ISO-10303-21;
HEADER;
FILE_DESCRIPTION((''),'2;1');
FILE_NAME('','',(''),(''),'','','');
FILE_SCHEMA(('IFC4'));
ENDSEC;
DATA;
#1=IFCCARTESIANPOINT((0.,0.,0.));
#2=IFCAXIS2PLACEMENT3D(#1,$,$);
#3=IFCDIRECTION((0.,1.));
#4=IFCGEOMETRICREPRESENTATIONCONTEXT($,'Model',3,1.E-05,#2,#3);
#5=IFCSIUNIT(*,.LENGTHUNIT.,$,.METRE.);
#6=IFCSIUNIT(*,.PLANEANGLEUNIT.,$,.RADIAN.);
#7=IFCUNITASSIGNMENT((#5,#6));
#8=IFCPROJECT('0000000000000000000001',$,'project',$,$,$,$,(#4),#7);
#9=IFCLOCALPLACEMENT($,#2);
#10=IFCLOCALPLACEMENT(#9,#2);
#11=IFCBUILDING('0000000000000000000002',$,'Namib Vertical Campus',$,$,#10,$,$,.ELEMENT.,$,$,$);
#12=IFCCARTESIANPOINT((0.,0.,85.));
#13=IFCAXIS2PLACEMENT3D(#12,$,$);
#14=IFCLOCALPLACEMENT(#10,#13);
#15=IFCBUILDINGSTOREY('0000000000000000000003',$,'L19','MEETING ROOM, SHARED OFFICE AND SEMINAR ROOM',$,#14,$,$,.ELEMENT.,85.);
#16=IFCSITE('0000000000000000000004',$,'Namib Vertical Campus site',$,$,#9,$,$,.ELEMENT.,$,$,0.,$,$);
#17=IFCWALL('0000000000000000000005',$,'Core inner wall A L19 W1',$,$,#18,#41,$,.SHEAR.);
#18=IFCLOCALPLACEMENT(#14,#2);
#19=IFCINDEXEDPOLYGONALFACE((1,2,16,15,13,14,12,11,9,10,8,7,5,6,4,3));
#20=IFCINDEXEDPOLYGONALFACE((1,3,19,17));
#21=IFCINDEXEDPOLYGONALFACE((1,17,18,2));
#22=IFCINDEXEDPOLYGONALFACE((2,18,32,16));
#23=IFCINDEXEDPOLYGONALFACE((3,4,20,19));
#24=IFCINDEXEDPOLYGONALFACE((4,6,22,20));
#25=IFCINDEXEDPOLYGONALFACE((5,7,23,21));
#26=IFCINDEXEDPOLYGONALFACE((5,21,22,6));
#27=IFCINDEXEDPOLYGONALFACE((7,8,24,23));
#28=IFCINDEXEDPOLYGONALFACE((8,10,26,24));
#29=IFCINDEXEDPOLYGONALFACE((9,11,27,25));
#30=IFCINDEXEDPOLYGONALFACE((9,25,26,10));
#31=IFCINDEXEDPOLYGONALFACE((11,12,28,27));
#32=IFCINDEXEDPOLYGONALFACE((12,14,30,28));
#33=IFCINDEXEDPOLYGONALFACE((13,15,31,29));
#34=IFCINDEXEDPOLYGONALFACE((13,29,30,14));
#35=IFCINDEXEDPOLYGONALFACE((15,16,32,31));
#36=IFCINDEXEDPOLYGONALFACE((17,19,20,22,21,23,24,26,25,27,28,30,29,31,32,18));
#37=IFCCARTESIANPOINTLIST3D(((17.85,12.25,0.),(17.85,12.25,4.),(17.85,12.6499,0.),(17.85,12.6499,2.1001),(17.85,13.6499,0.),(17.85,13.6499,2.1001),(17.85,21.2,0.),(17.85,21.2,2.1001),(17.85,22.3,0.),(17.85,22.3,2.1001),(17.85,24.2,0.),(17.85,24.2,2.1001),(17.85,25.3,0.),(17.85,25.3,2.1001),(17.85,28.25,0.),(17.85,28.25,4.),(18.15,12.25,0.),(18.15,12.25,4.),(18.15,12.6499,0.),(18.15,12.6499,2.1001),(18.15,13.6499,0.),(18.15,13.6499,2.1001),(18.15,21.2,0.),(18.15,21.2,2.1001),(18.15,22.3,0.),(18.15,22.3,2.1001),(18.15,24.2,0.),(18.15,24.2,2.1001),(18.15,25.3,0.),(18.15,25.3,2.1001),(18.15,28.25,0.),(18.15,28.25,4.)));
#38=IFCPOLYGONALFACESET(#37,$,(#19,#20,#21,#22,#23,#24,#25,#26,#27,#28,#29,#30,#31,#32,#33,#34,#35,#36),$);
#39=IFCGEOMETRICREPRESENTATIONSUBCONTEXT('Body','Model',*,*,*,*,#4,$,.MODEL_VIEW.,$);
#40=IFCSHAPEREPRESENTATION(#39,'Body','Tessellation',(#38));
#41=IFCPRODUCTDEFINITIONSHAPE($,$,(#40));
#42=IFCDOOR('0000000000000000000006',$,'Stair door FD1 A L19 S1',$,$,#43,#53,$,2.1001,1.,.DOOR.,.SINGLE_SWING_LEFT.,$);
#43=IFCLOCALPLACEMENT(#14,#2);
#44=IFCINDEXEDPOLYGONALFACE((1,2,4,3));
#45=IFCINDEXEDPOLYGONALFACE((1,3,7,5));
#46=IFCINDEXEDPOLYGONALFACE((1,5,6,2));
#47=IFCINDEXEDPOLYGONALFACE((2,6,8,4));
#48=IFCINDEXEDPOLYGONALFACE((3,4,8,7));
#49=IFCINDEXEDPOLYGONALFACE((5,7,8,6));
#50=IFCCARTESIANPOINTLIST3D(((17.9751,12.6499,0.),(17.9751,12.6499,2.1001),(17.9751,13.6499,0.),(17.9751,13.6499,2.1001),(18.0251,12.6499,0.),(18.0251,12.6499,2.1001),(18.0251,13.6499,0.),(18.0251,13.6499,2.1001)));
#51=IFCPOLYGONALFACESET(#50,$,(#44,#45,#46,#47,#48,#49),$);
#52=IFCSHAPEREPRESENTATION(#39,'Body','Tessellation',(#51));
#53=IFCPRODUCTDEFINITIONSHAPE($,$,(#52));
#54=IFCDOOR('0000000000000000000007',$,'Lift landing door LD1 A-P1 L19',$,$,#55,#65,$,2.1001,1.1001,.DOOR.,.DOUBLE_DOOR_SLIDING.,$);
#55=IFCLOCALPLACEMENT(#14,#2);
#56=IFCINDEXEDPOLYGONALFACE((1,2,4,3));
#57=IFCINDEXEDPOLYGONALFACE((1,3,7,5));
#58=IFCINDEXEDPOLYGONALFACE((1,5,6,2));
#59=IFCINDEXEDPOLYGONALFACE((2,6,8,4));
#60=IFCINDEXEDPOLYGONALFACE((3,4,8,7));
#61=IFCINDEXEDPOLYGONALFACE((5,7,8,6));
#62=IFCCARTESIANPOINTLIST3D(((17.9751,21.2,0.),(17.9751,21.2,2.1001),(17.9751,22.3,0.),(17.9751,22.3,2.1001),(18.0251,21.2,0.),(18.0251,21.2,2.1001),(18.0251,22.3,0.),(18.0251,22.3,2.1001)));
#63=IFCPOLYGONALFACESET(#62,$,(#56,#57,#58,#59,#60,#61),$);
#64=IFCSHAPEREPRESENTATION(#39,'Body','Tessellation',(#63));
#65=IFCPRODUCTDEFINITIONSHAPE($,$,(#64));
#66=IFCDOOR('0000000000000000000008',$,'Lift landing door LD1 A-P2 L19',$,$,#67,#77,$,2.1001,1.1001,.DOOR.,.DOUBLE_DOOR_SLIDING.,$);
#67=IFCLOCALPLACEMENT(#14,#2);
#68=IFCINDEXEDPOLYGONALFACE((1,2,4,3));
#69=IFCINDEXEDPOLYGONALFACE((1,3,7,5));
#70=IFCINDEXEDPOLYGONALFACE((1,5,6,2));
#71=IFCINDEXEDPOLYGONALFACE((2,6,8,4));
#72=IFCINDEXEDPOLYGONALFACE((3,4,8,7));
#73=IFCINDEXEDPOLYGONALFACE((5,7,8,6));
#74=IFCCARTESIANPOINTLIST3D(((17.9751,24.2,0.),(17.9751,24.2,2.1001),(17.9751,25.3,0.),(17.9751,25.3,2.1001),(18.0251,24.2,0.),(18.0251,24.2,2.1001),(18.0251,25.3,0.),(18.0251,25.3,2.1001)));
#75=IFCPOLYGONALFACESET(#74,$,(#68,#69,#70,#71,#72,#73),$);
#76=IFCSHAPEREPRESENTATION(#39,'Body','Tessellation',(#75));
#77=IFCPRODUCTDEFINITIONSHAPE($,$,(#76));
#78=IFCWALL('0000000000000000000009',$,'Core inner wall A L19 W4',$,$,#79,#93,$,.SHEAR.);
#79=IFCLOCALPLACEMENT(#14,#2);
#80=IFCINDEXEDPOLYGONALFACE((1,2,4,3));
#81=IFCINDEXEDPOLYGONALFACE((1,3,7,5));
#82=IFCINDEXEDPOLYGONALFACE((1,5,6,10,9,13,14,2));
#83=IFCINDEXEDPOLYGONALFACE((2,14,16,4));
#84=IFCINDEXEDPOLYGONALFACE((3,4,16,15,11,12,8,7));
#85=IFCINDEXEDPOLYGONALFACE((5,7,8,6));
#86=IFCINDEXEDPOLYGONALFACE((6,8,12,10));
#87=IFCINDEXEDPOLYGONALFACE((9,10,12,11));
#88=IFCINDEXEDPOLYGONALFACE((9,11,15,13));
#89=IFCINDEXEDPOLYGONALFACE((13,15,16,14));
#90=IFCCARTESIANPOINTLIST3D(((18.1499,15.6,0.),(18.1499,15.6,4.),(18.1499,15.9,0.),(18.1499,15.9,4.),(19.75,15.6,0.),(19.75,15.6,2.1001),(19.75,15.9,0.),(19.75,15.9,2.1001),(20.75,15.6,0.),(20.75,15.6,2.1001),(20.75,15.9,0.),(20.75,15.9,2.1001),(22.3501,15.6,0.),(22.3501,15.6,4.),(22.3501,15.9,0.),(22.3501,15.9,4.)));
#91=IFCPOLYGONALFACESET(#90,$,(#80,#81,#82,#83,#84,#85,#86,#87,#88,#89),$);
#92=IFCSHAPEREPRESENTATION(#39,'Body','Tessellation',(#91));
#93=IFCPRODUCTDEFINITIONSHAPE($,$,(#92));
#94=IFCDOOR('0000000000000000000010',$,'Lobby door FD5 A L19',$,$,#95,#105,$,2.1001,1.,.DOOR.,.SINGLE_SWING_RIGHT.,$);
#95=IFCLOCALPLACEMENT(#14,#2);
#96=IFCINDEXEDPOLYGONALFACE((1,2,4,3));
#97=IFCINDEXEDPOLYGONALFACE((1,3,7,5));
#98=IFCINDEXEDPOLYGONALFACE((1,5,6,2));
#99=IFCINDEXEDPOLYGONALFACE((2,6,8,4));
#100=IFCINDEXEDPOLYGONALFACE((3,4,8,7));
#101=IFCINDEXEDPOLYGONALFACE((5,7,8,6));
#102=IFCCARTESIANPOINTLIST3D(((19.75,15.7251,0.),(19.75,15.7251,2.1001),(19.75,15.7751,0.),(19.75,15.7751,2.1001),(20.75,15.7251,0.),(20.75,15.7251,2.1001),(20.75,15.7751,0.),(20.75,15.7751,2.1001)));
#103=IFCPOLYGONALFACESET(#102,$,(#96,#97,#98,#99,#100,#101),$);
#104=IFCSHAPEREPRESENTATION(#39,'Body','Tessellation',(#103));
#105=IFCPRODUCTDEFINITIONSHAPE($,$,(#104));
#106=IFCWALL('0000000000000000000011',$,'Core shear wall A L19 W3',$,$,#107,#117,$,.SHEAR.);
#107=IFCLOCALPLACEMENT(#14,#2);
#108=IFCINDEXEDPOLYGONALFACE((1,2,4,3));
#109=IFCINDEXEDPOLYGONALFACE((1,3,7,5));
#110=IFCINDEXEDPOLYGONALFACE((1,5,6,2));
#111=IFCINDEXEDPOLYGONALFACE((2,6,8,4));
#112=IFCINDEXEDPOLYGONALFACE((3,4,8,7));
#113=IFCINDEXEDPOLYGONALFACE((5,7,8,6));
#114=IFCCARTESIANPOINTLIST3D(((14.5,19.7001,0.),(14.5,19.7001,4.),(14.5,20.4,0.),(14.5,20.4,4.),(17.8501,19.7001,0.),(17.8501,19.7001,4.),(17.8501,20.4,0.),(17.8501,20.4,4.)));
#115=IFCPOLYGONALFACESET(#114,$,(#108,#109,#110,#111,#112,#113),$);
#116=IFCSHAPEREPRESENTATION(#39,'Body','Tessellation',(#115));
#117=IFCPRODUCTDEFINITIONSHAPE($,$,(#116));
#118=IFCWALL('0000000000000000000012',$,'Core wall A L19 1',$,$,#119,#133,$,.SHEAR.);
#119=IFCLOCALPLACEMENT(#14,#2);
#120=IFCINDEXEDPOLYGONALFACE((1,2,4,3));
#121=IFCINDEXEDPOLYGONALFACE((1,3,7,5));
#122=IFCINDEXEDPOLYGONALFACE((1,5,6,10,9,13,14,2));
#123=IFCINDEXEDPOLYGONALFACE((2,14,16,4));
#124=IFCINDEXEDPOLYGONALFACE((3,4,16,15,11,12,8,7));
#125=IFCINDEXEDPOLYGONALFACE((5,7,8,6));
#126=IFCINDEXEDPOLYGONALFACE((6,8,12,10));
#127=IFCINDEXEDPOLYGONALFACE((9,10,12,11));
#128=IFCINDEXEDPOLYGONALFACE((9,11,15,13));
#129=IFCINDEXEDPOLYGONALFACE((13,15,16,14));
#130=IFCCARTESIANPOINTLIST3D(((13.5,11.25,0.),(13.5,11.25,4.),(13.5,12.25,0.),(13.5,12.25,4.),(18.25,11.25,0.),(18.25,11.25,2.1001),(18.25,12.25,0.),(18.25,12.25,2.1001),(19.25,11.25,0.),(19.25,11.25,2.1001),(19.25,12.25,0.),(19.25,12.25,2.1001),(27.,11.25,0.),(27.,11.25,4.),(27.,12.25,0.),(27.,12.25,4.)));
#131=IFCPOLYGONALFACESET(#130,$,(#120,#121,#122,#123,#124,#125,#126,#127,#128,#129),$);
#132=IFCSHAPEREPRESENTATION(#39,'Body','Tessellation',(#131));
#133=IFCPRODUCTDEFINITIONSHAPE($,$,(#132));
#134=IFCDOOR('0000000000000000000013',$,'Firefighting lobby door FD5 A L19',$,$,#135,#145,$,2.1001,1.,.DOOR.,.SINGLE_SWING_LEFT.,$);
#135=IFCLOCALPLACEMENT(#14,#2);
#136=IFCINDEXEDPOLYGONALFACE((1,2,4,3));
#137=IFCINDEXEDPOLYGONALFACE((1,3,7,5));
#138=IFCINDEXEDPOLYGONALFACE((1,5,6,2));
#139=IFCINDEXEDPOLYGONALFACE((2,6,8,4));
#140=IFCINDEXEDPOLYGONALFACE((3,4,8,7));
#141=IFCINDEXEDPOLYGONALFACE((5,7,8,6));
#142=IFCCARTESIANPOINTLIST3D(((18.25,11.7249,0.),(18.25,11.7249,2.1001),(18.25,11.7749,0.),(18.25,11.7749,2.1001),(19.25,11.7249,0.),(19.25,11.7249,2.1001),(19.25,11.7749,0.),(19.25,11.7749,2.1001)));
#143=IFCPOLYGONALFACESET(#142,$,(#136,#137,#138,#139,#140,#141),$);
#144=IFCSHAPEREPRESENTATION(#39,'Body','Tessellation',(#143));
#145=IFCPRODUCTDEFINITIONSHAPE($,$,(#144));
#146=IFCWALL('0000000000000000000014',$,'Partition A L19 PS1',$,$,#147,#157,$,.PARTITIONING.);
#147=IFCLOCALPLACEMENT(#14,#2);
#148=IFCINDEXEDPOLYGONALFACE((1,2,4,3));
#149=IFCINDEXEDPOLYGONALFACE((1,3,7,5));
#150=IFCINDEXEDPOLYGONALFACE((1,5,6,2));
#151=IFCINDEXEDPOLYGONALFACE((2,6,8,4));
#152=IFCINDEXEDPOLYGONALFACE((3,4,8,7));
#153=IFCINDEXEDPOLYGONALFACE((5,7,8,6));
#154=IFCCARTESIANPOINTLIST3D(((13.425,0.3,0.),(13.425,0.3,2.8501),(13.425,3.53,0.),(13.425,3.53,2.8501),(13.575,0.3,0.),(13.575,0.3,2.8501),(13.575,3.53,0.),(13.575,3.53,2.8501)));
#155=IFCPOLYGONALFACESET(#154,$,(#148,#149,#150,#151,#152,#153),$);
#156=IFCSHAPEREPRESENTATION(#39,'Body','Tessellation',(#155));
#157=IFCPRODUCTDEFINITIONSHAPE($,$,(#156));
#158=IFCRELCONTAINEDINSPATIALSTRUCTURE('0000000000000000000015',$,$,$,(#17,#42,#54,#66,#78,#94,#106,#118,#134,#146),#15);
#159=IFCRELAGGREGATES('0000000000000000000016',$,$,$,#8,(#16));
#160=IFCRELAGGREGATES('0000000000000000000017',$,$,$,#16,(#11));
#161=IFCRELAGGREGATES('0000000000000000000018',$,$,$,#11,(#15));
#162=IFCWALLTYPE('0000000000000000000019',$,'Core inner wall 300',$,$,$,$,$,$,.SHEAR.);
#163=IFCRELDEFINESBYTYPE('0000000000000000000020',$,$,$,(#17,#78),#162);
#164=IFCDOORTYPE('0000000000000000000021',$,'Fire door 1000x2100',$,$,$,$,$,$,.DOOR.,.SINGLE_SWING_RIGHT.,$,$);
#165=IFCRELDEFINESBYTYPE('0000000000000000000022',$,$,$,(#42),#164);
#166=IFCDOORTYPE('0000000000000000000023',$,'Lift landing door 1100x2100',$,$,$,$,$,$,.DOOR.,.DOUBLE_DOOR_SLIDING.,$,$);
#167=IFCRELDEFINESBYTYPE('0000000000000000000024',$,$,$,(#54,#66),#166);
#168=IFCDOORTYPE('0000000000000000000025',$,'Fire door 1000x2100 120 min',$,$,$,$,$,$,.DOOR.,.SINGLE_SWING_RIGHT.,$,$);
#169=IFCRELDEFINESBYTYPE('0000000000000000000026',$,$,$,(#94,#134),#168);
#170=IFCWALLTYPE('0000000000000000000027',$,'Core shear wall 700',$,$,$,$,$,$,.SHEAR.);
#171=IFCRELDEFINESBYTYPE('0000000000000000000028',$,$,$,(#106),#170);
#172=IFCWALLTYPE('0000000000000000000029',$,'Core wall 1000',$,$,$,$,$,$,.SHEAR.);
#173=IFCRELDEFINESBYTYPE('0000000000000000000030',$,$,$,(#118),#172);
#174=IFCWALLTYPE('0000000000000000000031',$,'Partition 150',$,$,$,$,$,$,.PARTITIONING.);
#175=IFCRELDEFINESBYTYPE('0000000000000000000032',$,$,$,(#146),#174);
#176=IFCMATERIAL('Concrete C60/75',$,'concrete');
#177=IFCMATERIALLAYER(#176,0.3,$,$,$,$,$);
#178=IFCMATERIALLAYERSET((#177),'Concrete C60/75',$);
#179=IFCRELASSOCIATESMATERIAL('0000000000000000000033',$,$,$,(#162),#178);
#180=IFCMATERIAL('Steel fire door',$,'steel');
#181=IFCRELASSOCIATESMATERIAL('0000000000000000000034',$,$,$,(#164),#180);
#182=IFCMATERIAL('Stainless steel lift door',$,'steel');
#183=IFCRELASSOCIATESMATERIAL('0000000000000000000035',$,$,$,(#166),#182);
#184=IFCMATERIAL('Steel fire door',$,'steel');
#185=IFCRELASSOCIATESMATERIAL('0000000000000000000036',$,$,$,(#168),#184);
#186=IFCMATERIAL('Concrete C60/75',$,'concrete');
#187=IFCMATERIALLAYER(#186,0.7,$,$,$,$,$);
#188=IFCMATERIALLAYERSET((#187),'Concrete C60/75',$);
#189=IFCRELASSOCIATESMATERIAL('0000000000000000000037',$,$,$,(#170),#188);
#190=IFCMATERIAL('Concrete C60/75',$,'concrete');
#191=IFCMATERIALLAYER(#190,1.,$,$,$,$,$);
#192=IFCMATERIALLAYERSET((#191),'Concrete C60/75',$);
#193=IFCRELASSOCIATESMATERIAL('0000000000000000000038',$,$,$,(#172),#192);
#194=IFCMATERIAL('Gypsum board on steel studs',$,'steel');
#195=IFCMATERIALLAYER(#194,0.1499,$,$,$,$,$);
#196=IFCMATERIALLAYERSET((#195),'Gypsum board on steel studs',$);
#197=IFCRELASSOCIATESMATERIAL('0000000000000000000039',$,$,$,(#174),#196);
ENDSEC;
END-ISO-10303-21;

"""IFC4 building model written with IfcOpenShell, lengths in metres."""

from ifc_helpers import new_model, si_unit, direction, frame, frame_2d, origin, place, context, subcontext, project, spatial, rectangle, extrude, material, layer, layer_set, type_object, element, fill, save


model = new_model("IFC4")

# Units and contexts
model_context = context("Model", 3, precision=1e-05, world=origin(), true_north=direction((0.0, 1.0)))
body_context = subcontext(model_context, "Body", "Model", "MODEL_VIEW")
ifc_project = project(units=[si_unit("LENGTHUNIT", "METRE"), si_unit("PLANEANGLEUNIT", "RADIAN")], contexts=[model_context])

# Site, building, storey
site_placement = place(None, origin())
site = spatial("IfcSite", under=ifc_project, at=site_placement, Name="Namib Vertical Campus site", CompositionType="ELEMENT", RefElevation=0.0)
building_placement = place(site_placement, origin())
building = spatial("IfcBuilding", under=site, at=building_placement, Name="Namib Vertical Campus", CompositionType="ELEMENT")
storey_placement = place(building_placement, frame((0.0, 0.0, 85.0)))
storey = spatial("IfcBuildingStorey", under=building, at=storey_placement, Name="L19", Description="MEETING ROOM, SHARED OFFICE AND SEMINAR ROOM", CompositionType="ELEMENT", Elevation=85.0)

# Wall, openings, doors
ifc_material_1 = material(Name="Concrete C60/75", Category="concrete")
ifc_layer_1 = layer(ifc_material_1, 0.3)
ifc_layer_set_1 = layer_set([ifc_layer_1], Name="Concrete C60/75")
wall_type_1 = type_object("IfcWallType", Name="Core inner wall 300", PredefinedType="SHEAR", material=ifc_layer_set_1)
wall_1_placement = place(storey_placement, frame((18.0, 12.25, 0.0), z_axis=(0.0, 0.0, 1.0), x_axis=(0.0, 1.0, 0.0)))
wall_1 = element("IfcWall", 1, at=wall_1_placement, inside=storey, type_object=wall_type_1, Name="Core inner wall A L19 W1", PredefinedType="SHEAR", context=body_context, shape_type="SweptSolid", body=[
    extrude(rectangle(XDim=16.0, YDim=0.3, at=frame_2d((8.0, 0.0))), origin(), (0.0, 0.0, 1.0), 4.0),
])
opening_1_placement = place(wall_1_placement, frame((0.3999, 0.0, 0.0)))
opening_1 = element("IfcOpeningElement", 2, at=opening_1_placement, cuts=wall_1, PredefinedType="OPENING", context=body_context, shape_type="SweptSolid", body=[
    extrude(rectangle(XDim=1.0, YDim=2.1001, at=frame_2d((0.5, 1.05))), frame((0.0, 0.1599, 0.0), z_axis=(0.0, -1.0, 0.0), x_axis=(1.0, 0.0, 0.0)), (0.0, 0.0, 1.0), 0.3201),
])
opening_2_placement = place(wall_1_placement, frame((8.95, 0.0, 0.0)))
opening_2 = element("IfcOpeningElement", 3, at=opening_2_placement, cuts=wall_1, PredefinedType="OPENING", context=body_context, shape_type="SweptSolid", body=[
    extrude(rectangle(XDim=1.1001, YDim=2.1001, at=frame_2d((0.55, 1.05))), frame((0.0, 0.1599, 0.0), z_axis=(0.0, -1.0, 0.0), x_axis=(1.0, 0.0, 0.0)), (0.0, 0.0, 1.0), 0.3201),
])
opening_3_placement = place(wall_1_placement, frame((11.95, 0.0, 0.0)))
opening_3 = element("IfcOpeningElement", 4, at=opening_3_placement, cuts=wall_1, PredefinedType="OPENING", context=body_context, shape_type="SweptSolid", body=[
    extrude(rectangle(XDim=1.1001, YDim=2.1001, at=frame_2d((0.55, 1.05))), frame((0.0, 0.1599, 0.0), z_axis=(0.0, -1.0, 0.0), x_axis=(1.0, 0.0, 0.0)), (0.0, 0.0, 1.0), 0.3201),
])
ifc_material_2 = material(Name="Steel fire door", Category="steel")
door_type_1 = type_object("IfcDoorType", Name="Fire door 1000x2100", OperationType="SINGLE_SWING_RIGHT", PredefinedType="DOOR", material=ifc_material_2)
door_1_placement = place(opening_1_placement, origin())
door_1 = element("IfcDoor", 5, at=door_1_placement, inside=storey, type_object=door_type_1, Name="Stair door FD1 A L19 S1", OperationType="SINGLE_SWING_LEFT", OverallHeight=2.1001, OverallWidth=1.0, PredefinedType="DOOR", context=body_context, shape_type="SweptSolid", body=[
    extrude(rectangle(XDim=1.0, YDim=2.1001, at=frame_2d((0.5, 1.05))), frame((0.0, 0.0249, 0.0), z_axis=(0.0, -1.0, 0.0), x_axis=(1.0, 0.0, 0.0)), (0.0, 0.0, 1.0), 0.05),
])
fill(opening_1, door_1)
ifc_material_3 = material(Name="Stainless steel lift door", Category="steel")
door_type_2 = type_object("IfcDoorType", Name="Lift landing door 1100x2100", OperationType="DOUBLE_DOOR_SLIDING", PredefinedType="DOOR", material=ifc_material_3)
door_2_placement = place(opening_2_placement, origin())
door_2 = element("IfcDoor", 6, at=door_2_placement, inside=storey, type_object=door_type_2, Name="Lift landing door LD1 A-P1 L19", OperationType="DOUBLE_DOOR_SLIDING", OverallHeight=2.1001, OverallWidth=1.1001, PredefinedType="DOOR", context=body_context, shape_type="SweptSolid", body=[
    extrude(rectangle(XDim=1.1001, YDim=2.1001, at=frame_2d((0.55, 1.05))), frame((0.0, 0.0249, 0.0), z_axis=(0.0, -1.0, 0.0), x_axis=(1.0, 0.0, 0.0)), (0.0, 0.0, 1.0), 0.05),
])
fill(opening_2, door_2)
door_3_placement = place(opening_3_placement, origin())
door_3 = element("IfcDoor", 7, at=door_3_placement, inside=storey, type_object=door_type_2, Name="Lift landing door LD1 A-P2 L19", OperationType="DOUBLE_DOOR_SLIDING", OverallHeight=2.1001, OverallWidth=1.1001, PredefinedType="DOOR", context=body_context, shape_type="SweptSolid", body=[
    extrude(rectangle(XDim=1.1001, YDim=2.1001, at=frame_2d((0.55, 1.05))), frame((0.0, 0.0249, 0.0), z_axis=(0.0, -1.0, 0.0), x_axis=(1.0, 0.0, 0.0)), (0.0, 0.0, 1.0), 0.05),
])
fill(opening_3, door_3)

# Wall, opening, door
wall_2_placement = place(storey_placement, frame((18.1499, 15.75, 0.0), z_axis=(0.0, 0.0, 1.0), x_axis=(1.0, 0.0, 0.0)))
wall_2 = element("IfcWall", 8, at=wall_2_placement, inside=storey, type_object=wall_type_1, Name="Core inner wall A L19 W4", PredefinedType="SHEAR", context=body_context, shape_type="SweptSolid", body=[
    extrude(rectangle(XDim=4.2002, YDim=0.3, at=frame_2d((2.1001, 0.0))), origin(), (0.0, 0.0, 1.0), 4.0),
])
opening_4_placement = place(wall_2_placement, frame((1.6001, 0.0, 0.0)))
opening_4 = element("IfcOpeningElement", 9, at=opening_4_placement, cuts=wall_2, PredefinedType="OPENING", context=body_context, shape_type="SweptSolid", body=[
    extrude(rectangle(XDim=1.0, YDim=2.1001, at=frame_2d((0.5, 1.05))), frame((0.0, 0.1599, 0.0), z_axis=(0.0, -1.0, 0.0), x_axis=(1.0, 0.0, 0.0)), (0.0, 0.0, 1.0), 0.3201),
])
ifc_material_4 = material(Name="Steel fire door", Category="steel")
door_type_3 = type_object("IfcDoorType", Name="Fire door 1000x2100 120 min", OperationType="SINGLE_SWING_RIGHT", PredefinedType="DOOR", material=ifc_material_4)
door_4_placement = place(opening_4_placement, frame((1.0, 0.0, 0.0), z_axis=(0.0, 0.0, 1.0), x_axis=(-1.0, 0.0, 0.0)))
door_4 = element("IfcDoor", 10, at=door_4_placement, inside=storey, type_object=door_type_3, Name="Lobby door FD5 A L19", OperationType="SINGLE_SWING_RIGHT", OverallHeight=2.1001, OverallWidth=1.0, PredefinedType="DOOR", context=body_context, shape_type="SweptSolid", body=[
    extrude(rectangle(XDim=1.0, YDim=2.1001, at=frame_2d((0.5, 1.05))), frame((0.0, 0.0249, 0.0), z_axis=(0.0, -1.0, 0.0), x_axis=(1.0, 0.0, 0.0)), (0.0, 0.0, 1.0), 0.05),
])
fill(opening_4, door_4)

# Wall
ifc_material_5 = material(Name="Concrete C60/75", Category="concrete")
ifc_layer_2 = layer(ifc_material_5, 0.7)
ifc_layer_set_2 = layer_set([ifc_layer_2], Name="Concrete C60/75")
wall_type_2 = type_object("IfcWallType", Name="Core shear wall 700", PredefinedType="SHEAR", material=ifc_layer_set_2)
wall_3_placement = place(storey_placement, frame((14.5, 20.05, 0.0), z_axis=(0.0, 0.0, 1.0), x_axis=(1.0, 0.0, 0.0)))
element("IfcWall", 11, at=wall_3_placement, inside=storey, type_object=wall_type_2, Name="Core shear wall A L19 W3", PredefinedType="SHEAR", context=body_context, shape_type="SweptSolid", body=[
    extrude(rectangle(XDim=3.3501, YDim=0.7, at=frame_2d((1.675, 0.0))), origin(), (0.0, 0.0, 1.0), 4.0),
])

# Wall, opening, door
ifc_material_6 = material(Name="Concrete C60/75", Category="concrete")
ifc_layer_3 = layer(ifc_material_6, 1.0)
ifc_layer_set_3 = layer_set([ifc_layer_3], Name="Concrete C60/75")
wall_type_3 = type_object("IfcWallType", Name="Core wall 1000", PredefinedType="SHEAR", material=ifc_layer_set_3)
wall_4_placement = place(storey_placement, frame((13.5, 11.75, 0.0), z_axis=(0.0, 0.0, 1.0), x_axis=(1.0, 0.0, 0.0)))
wall_4 = element("IfcWall", 12, at=wall_4_placement, inside=storey, type_object=wall_type_3, Name="Core wall A L19 1", PredefinedType="SHEAR", context=body_context, shape_type="SweptSolid", body=[
    extrude(rectangle(XDim=13.5, YDim=1.0, at=frame_2d((6.75, 0.0))), origin(), (0.0, 0.0, 1.0), 4.0),
])
opening_5_placement = place(wall_4_placement, frame((4.75, 0.0, 0.0)))
opening_5 = element("IfcOpeningElement", 13, at=opening_5_placement, cuts=wall_4, PredefinedType="OPENING", context=body_context, shape_type="SweptSolid", body=[
    extrude(rectangle(XDim=1.0, YDim=2.1001, at=frame_2d((0.5, 1.05))), frame((0.0, 0.51, 0.0), z_axis=(0.0, -1.0, 0.0), x_axis=(1.0, 0.0, 0.0)), (0.0, 0.0, 1.0), 1.02),
])
door_5_placement = place(opening_5_placement, origin())
door_5 = element("IfcDoor", 14, at=door_5_placement, inside=storey, type_object=door_type_3, Name="Firefighting lobby door FD5 A L19", OperationType="SINGLE_SWING_LEFT", OverallHeight=2.1001, OverallWidth=1.0, PredefinedType="DOOR", context=body_context, shape_type="SweptSolid", body=[
    extrude(rectangle(XDim=1.0, YDim=2.1001, at=frame_2d((0.5, 1.05))), frame((0.0, 0.0249, 0.0), z_axis=(0.0, -1.0, 0.0), x_axis=(1.0, 0.0, 0.0)), (0.0, 0.0, 1.0), 0.05),
])
fill(opening_5, door_5)

# Wall
ifc_material_7 = material(Name="Gypsum board on steel studs", Category="steel")
ifc_layer_4 = layer(ifc_material_7, 0.1499)
ifc_layer_set_4 = layer_set([ifc_layer_4], Name="Gypsum board on steel studs")
wall_type_4 = type_object("IfcWallType", Name="Partition 150", PredefinedType="PARTITIONING", material=ifc_layer_set_4)
wall_5_placement = place(storey_placement, frame((13.5, 0.3, 0.0), z_axis=(0.0, 0.0, 1.0), x_axis=(0.0, 1.0, 0.0)))
element("IfcWall", 15, at=wall_5_placement, inside=storey, type_object=wall_type_4, Name="Partition A L19 PS1", PredefinedType="PARTITIONING", context=body_context, shape_type="SweptSolid", body=[
    extrude(rectangle(XDim=3.23, YDim=0.1499, at=frame_2d((1.615, 0.0))), origin(), (0.0, 0.0, 1.0), 2.8501),
])

save(model, "model.ifc")
